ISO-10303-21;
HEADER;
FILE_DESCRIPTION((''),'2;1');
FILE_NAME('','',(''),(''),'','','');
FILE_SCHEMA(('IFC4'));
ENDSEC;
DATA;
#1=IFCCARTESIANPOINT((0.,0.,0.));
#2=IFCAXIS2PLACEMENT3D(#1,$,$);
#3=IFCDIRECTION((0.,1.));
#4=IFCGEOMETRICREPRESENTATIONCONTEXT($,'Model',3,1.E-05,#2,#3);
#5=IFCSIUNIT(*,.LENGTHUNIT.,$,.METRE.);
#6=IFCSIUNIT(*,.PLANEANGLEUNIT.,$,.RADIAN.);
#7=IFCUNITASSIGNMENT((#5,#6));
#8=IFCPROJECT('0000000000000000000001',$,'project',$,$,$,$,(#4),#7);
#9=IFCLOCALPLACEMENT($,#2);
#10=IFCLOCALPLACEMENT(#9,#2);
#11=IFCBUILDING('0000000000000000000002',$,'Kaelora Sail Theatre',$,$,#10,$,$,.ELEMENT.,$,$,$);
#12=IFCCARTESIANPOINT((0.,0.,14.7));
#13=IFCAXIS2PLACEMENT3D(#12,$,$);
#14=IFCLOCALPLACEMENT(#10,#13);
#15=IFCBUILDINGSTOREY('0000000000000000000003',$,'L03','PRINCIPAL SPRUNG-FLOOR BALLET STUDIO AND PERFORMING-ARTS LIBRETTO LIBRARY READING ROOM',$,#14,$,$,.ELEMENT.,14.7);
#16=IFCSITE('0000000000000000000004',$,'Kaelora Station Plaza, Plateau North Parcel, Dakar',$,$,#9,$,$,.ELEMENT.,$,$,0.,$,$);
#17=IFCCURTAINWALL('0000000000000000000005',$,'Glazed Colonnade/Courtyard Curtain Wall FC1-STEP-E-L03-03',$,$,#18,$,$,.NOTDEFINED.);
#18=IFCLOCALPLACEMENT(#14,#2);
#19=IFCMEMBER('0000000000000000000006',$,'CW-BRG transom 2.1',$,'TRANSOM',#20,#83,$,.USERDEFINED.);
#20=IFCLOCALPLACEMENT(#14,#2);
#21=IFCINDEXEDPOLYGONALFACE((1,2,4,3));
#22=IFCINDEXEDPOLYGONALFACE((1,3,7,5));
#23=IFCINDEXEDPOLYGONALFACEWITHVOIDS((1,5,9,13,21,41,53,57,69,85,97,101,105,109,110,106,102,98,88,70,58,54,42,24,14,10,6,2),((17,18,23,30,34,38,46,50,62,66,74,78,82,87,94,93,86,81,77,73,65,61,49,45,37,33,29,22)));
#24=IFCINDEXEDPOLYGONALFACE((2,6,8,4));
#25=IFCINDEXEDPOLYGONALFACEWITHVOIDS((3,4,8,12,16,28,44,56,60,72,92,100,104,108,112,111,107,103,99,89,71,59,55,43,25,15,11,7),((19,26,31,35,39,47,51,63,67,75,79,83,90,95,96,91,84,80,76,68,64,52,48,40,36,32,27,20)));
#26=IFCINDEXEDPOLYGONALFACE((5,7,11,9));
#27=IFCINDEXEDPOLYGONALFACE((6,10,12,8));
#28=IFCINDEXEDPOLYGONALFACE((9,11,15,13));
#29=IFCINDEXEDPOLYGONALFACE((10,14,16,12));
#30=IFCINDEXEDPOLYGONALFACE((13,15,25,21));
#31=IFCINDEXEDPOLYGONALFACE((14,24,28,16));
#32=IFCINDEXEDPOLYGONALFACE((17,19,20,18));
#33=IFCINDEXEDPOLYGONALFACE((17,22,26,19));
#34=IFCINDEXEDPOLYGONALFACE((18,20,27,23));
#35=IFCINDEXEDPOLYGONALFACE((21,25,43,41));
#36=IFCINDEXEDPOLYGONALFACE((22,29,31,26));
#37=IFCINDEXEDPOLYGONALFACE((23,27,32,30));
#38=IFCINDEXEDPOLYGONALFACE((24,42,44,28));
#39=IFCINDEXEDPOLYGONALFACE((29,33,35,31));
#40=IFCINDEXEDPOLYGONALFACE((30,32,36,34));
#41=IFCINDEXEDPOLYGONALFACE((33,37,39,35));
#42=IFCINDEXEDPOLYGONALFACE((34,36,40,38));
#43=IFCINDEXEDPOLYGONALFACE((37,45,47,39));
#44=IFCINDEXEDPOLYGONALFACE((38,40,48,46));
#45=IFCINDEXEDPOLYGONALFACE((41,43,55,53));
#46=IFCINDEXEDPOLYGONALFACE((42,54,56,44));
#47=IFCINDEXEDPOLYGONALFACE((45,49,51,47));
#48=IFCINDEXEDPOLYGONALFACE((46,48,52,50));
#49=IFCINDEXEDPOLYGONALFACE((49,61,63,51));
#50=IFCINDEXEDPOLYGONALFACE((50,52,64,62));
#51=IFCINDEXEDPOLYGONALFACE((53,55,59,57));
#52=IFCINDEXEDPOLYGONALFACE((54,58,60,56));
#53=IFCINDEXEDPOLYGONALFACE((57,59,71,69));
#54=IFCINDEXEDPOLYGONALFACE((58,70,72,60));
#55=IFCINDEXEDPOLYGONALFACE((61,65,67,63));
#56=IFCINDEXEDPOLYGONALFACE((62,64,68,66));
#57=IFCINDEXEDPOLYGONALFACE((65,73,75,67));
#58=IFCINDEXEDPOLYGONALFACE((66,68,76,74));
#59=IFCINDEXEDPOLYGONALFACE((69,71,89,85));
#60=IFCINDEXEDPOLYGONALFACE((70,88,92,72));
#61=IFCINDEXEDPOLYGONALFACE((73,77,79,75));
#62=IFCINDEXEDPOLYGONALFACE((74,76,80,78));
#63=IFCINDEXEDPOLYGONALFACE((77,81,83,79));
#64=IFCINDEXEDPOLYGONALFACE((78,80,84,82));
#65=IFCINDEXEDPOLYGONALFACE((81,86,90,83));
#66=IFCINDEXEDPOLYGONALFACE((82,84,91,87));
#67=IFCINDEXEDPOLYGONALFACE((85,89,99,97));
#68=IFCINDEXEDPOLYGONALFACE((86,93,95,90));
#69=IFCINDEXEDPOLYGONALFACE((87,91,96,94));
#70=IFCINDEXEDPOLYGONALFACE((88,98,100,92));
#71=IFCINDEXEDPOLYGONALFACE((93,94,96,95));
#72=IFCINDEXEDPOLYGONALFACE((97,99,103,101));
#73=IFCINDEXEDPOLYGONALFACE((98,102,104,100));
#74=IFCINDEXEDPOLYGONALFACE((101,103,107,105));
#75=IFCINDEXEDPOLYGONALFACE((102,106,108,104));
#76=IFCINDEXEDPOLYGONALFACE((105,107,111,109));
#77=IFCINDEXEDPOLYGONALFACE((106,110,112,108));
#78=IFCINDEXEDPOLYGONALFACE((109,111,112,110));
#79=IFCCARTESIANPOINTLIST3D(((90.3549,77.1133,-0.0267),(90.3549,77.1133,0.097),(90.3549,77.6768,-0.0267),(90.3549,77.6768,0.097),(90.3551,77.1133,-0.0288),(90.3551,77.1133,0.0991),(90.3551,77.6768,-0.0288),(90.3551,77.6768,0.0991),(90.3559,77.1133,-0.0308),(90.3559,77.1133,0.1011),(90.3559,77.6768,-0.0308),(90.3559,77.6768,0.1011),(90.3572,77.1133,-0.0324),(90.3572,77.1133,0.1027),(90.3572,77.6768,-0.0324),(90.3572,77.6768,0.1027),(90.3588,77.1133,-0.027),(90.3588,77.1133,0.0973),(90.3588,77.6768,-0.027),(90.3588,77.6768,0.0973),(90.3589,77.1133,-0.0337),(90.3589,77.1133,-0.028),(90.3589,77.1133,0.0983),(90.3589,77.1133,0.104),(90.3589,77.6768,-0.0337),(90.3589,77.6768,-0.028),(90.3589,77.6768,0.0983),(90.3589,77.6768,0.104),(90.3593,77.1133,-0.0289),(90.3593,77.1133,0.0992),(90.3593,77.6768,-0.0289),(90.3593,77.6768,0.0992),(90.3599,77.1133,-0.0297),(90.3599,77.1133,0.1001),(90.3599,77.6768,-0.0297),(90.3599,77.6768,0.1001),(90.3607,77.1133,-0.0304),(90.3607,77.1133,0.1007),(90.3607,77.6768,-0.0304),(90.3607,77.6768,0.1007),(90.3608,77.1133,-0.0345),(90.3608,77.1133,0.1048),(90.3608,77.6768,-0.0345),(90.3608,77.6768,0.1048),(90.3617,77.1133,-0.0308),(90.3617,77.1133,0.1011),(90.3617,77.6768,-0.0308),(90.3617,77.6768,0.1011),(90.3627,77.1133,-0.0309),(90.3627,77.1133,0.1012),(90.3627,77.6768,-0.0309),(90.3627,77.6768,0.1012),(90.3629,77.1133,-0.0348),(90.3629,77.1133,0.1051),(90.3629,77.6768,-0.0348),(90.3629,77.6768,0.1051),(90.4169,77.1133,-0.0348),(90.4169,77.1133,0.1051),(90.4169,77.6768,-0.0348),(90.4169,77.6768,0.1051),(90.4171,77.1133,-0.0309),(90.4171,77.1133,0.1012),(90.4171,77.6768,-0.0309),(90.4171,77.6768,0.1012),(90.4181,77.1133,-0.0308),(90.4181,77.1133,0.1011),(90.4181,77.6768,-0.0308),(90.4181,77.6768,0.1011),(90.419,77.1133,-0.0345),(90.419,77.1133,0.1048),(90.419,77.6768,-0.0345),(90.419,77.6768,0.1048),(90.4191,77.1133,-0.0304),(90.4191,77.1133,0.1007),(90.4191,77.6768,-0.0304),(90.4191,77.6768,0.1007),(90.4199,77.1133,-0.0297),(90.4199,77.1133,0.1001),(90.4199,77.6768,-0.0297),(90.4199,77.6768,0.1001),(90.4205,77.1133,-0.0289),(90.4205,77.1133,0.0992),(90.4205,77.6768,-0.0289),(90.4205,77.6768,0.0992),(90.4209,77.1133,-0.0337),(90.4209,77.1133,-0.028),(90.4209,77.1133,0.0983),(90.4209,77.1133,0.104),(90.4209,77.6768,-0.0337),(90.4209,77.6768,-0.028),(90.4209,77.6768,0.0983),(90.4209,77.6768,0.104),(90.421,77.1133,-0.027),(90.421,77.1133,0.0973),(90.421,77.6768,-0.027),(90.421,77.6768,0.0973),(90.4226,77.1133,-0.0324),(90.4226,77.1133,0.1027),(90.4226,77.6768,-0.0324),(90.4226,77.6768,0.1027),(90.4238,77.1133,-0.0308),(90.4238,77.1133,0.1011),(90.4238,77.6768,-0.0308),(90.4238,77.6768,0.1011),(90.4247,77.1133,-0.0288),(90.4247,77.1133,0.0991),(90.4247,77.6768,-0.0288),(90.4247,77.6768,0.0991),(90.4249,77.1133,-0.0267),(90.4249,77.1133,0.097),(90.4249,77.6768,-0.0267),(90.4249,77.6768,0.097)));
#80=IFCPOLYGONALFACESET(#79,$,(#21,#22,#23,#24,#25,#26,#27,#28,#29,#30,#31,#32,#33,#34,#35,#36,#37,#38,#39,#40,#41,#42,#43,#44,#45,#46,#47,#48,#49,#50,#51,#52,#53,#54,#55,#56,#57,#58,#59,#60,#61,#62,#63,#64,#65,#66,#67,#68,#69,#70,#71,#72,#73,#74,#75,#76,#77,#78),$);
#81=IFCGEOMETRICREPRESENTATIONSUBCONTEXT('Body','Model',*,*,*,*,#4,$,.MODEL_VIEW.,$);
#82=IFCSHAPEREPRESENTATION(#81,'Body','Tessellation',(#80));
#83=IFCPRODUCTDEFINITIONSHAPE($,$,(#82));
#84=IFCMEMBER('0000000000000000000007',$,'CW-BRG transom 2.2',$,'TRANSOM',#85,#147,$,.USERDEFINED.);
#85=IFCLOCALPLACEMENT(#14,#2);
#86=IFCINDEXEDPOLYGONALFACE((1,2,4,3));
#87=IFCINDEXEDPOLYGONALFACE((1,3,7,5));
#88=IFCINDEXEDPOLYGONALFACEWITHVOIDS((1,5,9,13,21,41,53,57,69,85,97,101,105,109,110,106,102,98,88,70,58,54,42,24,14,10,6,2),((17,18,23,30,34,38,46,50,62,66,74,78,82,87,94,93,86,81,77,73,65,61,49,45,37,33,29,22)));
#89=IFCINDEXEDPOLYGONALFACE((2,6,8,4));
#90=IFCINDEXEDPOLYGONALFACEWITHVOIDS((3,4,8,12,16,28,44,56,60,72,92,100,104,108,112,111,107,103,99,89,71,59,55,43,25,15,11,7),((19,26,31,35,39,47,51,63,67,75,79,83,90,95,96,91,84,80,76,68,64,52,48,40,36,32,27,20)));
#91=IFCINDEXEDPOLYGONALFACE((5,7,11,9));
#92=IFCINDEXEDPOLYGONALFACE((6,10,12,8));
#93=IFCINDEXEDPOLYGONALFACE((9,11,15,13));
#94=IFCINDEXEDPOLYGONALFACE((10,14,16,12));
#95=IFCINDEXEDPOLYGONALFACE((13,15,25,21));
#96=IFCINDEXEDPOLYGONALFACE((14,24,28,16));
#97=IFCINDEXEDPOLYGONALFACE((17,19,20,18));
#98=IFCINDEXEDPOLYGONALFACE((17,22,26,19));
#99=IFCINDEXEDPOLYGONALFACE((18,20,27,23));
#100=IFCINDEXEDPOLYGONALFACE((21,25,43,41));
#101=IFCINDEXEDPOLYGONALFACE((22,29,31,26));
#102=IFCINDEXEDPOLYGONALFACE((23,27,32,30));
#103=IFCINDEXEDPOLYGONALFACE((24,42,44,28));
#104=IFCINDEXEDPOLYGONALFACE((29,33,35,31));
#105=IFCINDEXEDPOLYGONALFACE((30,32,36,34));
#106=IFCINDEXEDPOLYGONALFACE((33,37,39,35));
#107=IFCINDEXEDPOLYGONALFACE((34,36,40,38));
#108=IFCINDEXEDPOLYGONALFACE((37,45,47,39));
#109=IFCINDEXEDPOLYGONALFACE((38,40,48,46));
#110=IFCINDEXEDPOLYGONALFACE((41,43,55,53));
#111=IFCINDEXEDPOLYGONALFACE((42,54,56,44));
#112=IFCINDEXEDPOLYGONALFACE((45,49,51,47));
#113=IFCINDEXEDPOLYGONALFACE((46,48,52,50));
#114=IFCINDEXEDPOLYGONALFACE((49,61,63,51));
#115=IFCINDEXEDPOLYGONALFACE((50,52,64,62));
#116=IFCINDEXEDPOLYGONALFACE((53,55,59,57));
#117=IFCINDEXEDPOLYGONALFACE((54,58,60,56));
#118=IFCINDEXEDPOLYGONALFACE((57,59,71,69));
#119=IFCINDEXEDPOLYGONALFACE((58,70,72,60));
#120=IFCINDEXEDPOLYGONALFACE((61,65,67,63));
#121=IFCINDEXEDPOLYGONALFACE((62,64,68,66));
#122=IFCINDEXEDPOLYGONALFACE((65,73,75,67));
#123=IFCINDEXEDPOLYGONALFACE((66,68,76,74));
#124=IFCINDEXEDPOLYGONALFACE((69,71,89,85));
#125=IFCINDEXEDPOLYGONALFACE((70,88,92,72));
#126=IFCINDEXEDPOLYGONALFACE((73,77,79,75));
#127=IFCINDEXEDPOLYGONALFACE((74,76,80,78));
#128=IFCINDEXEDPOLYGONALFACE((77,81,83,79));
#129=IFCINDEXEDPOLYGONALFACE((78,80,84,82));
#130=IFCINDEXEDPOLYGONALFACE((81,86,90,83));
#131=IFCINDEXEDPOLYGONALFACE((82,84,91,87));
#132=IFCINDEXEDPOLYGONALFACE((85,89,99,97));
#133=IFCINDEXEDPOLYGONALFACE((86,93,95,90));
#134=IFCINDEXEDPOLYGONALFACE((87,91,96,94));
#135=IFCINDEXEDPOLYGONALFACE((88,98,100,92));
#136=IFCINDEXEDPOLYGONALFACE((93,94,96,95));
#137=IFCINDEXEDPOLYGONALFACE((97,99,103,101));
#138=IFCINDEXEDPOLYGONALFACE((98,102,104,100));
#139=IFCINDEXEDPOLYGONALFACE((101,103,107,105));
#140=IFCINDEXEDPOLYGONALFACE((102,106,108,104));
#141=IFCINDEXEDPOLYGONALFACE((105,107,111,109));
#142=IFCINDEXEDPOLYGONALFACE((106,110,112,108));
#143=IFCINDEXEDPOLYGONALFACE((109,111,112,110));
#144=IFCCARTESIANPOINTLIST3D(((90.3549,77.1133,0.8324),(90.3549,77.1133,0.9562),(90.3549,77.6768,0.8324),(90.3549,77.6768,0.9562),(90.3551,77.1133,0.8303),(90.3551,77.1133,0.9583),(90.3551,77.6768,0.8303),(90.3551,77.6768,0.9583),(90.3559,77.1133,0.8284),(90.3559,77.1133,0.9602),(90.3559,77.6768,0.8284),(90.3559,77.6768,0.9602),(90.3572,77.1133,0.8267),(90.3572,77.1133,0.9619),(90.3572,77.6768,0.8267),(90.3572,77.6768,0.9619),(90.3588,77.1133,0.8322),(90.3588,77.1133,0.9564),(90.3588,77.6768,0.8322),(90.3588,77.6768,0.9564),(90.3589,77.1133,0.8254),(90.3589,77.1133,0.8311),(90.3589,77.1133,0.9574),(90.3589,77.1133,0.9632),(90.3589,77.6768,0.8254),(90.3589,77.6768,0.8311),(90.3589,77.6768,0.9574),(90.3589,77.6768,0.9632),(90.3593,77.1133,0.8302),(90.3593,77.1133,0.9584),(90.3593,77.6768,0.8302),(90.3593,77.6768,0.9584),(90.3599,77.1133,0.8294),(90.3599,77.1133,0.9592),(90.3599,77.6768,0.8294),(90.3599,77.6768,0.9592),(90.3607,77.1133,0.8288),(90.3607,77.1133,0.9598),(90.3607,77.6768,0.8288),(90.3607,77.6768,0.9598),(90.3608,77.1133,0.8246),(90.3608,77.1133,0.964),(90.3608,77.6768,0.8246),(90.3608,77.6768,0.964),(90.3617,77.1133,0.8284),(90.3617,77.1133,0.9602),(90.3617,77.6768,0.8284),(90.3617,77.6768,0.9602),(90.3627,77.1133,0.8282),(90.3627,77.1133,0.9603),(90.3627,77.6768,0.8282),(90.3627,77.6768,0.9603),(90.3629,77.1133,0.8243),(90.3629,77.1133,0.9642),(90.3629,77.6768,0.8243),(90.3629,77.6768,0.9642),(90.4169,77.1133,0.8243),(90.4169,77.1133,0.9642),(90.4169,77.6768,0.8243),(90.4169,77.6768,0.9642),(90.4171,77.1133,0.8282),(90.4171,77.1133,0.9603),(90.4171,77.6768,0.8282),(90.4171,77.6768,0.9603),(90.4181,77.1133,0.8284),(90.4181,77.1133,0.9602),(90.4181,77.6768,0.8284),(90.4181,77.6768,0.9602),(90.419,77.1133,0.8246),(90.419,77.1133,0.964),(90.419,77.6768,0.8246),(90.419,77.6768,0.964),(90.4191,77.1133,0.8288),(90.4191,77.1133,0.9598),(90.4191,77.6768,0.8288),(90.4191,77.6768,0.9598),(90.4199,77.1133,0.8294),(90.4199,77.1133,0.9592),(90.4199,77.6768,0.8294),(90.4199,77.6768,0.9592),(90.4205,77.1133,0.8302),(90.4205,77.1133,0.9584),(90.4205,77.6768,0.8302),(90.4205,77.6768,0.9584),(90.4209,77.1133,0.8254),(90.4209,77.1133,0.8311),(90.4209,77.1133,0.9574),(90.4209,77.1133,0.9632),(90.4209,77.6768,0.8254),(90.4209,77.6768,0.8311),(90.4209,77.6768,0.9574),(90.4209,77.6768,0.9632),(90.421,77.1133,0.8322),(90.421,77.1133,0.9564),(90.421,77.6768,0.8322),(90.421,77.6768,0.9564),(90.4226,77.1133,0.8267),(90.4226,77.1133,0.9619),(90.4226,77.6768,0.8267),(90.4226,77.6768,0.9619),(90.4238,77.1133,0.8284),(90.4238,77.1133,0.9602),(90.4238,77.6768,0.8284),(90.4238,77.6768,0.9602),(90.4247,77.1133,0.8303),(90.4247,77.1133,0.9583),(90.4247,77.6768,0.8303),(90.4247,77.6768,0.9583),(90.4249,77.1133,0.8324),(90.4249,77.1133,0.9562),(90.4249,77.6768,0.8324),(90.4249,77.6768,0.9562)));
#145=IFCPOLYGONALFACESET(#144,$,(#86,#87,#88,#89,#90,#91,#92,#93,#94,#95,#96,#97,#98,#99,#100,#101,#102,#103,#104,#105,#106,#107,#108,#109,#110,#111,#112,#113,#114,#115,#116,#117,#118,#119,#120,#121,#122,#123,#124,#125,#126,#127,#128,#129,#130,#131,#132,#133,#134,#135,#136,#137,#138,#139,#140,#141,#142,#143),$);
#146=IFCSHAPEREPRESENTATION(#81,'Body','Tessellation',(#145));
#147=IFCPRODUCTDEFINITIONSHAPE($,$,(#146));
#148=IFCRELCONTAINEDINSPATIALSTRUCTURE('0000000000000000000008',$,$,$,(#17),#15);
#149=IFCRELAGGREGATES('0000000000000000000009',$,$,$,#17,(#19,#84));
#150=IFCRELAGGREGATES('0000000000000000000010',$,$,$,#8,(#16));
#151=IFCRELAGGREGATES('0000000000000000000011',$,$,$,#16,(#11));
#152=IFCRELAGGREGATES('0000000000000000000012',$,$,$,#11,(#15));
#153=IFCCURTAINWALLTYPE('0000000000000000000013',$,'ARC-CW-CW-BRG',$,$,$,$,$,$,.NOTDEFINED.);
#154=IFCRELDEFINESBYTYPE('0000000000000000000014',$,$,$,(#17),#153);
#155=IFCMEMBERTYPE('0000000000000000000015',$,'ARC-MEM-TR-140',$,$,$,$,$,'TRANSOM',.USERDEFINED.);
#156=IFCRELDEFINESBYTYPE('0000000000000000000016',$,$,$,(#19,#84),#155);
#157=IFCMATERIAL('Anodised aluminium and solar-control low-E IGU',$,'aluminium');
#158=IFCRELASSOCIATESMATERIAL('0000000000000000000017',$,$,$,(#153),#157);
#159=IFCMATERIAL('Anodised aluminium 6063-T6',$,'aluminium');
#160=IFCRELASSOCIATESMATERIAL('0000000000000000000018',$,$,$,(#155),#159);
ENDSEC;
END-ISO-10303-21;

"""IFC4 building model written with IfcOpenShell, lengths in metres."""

from ifc_helpers import new_model, si_unit, direction, frame, origin, origin_2d, place, context, subcontext, project, spatial, hollow_rectangle, extrude, material, material_profile, profile_set, type_object, element, aggregate, save


model = new_model("IFC4")

# Units and contexts
model_context = context("Model", 3, precision=1e-05, world=origin(), true_north=direction((0.0, 1.0)))
body_context = subcontext(model_context, "Body", "Model", "MODEL_VIEW")
ifc_project = project(units=[si_unit("LENGTHUNIT", "METRE"), si_unit("PLANEANGLEUNIT", "RADIAN")], contexts=[model_context])

# Site, building, storey
site_placement = place(None, origin())
site = spatial("IfcSite", under=ifc_project, at=site_placement, Name="Kaelora Station Plaza, Plateau North Parcel, Dakar", CompositionType="ELEMENT", RefElevation=0.0)
building_placement = place(site_placement, origin())
building = spatial("IfcBuilding", under=site, at=building_placement, Name="Kaelora Sail Theatre", CompositionType="ELEMENT")
storey_placement = place(building_placement, frame((0.0, 0.0, 14.7)))
storey = spatial("IfcBuildingStorey", under=building, at=storey_placement, Name="L03", Description="PRINCIPAL SPRUNG-FLOOR BALLET STUDIO AND PERFORMING-ARTS LIBRETTO LIBRARY READING ROOM", CompositionType="ELEMENT", Elevation=14.7)

# Curtain wall, members
ifc_material_1 = material(Name="Anodised aluminium and solar-control low-E IGU", Category="aluminium")
curtain_wall_type = type_object("IfcCurtainWallType", Name="ARC-CW-CW-BRG", PredefinedType="NOTDEFINED", material=ifc_material_1)
curtain_wall_placement = place(storey_placement, origin())
curtain_wall = element("IfcCurtainWall", 1, at=curtain_wall_placement, inside=storey, type_object=curtain_wall_type, Name="Glazed Colonnade/Courtyard Curtain Wall FC1-STEP-E-L03-03", PredefinedType="NOTDEFINED")
ifc_material_2 = material(Name="Anodised aluminium 6063-T6", Category="aluminium")
ifc_material_profile_1 = material_profile(ifc_material_2, hollow_rectangle(XDim=0.0701, YDim=0.1399, WallThickness=0.0039, InnerFilletRadius=0.0039, OuterFilletRadius=0.0081, at=origin_2d()), Name="ALU-TRAN 70x140x4")
ifc_profile_set_1 = profile_set([ifc_material_profile_1], Name="Anodised aluminium 6063-T6")
member_type_1 = type_object("IfcMemberType", Name="ARC-MEM-TR-140", ElementType="TRANSOM", PredefinedType="USERDEFINED", material=ifc_profile_set_1)
member_1_placement = place(storey_placement, frame((90.3899, 77.1133, 0.0352), z_axis=(0.0, 1.0, 0.0), x_axis=(-1.0, 0.0, 0.0)))
member_1 = element("IfcMember", 2, at=member_1_placement, type_object=member_type_1, Name="CW-BRG transom 2.1", ObjectType="TRANSOM", PredefinedType="USERDEFINED", context=body_context, shape_type="SweptSolid", body=[
    extrude(hollow_rectangle(XDim=0.0701, YDim=0.1399, WallThickness=0.0039, InnerFilletRadius=0.0039, OuterFilletRadius=0.0081, at=origin_2d()), origin(), (0.0, 0.0, 1.0), 0.5635),
])
member_2_placement = place(storey_placement, frame((90.3899, 77.1133, 0.8943), z_axis=(0.0, 1.0, 0.0), x_axis=(-1.0, 0.0, 0.0)))
member_2 = element("IfcMember", 3, at=member_2_placement, type_object=member_type_1, Name="CW-BRG transom 2.2", ObjectType="TRANSOM", PredefinedType="USERDEFINED", context=body_context, shape_type="SweptSolid", body=[
    extrude(hollow_rectangle(XDim=0.0701, YDim=0.1399, WallThickness=0.0039, InnerFilletRadius=0.0039, OuterFilletRadius=0.0081, at=origin_2d()), origin(), (0.0, 0.0, 1.0), 0.5635),
])
aggregate(curtain_wall, [member_1, member_2])

save(model, "model.ifc")
